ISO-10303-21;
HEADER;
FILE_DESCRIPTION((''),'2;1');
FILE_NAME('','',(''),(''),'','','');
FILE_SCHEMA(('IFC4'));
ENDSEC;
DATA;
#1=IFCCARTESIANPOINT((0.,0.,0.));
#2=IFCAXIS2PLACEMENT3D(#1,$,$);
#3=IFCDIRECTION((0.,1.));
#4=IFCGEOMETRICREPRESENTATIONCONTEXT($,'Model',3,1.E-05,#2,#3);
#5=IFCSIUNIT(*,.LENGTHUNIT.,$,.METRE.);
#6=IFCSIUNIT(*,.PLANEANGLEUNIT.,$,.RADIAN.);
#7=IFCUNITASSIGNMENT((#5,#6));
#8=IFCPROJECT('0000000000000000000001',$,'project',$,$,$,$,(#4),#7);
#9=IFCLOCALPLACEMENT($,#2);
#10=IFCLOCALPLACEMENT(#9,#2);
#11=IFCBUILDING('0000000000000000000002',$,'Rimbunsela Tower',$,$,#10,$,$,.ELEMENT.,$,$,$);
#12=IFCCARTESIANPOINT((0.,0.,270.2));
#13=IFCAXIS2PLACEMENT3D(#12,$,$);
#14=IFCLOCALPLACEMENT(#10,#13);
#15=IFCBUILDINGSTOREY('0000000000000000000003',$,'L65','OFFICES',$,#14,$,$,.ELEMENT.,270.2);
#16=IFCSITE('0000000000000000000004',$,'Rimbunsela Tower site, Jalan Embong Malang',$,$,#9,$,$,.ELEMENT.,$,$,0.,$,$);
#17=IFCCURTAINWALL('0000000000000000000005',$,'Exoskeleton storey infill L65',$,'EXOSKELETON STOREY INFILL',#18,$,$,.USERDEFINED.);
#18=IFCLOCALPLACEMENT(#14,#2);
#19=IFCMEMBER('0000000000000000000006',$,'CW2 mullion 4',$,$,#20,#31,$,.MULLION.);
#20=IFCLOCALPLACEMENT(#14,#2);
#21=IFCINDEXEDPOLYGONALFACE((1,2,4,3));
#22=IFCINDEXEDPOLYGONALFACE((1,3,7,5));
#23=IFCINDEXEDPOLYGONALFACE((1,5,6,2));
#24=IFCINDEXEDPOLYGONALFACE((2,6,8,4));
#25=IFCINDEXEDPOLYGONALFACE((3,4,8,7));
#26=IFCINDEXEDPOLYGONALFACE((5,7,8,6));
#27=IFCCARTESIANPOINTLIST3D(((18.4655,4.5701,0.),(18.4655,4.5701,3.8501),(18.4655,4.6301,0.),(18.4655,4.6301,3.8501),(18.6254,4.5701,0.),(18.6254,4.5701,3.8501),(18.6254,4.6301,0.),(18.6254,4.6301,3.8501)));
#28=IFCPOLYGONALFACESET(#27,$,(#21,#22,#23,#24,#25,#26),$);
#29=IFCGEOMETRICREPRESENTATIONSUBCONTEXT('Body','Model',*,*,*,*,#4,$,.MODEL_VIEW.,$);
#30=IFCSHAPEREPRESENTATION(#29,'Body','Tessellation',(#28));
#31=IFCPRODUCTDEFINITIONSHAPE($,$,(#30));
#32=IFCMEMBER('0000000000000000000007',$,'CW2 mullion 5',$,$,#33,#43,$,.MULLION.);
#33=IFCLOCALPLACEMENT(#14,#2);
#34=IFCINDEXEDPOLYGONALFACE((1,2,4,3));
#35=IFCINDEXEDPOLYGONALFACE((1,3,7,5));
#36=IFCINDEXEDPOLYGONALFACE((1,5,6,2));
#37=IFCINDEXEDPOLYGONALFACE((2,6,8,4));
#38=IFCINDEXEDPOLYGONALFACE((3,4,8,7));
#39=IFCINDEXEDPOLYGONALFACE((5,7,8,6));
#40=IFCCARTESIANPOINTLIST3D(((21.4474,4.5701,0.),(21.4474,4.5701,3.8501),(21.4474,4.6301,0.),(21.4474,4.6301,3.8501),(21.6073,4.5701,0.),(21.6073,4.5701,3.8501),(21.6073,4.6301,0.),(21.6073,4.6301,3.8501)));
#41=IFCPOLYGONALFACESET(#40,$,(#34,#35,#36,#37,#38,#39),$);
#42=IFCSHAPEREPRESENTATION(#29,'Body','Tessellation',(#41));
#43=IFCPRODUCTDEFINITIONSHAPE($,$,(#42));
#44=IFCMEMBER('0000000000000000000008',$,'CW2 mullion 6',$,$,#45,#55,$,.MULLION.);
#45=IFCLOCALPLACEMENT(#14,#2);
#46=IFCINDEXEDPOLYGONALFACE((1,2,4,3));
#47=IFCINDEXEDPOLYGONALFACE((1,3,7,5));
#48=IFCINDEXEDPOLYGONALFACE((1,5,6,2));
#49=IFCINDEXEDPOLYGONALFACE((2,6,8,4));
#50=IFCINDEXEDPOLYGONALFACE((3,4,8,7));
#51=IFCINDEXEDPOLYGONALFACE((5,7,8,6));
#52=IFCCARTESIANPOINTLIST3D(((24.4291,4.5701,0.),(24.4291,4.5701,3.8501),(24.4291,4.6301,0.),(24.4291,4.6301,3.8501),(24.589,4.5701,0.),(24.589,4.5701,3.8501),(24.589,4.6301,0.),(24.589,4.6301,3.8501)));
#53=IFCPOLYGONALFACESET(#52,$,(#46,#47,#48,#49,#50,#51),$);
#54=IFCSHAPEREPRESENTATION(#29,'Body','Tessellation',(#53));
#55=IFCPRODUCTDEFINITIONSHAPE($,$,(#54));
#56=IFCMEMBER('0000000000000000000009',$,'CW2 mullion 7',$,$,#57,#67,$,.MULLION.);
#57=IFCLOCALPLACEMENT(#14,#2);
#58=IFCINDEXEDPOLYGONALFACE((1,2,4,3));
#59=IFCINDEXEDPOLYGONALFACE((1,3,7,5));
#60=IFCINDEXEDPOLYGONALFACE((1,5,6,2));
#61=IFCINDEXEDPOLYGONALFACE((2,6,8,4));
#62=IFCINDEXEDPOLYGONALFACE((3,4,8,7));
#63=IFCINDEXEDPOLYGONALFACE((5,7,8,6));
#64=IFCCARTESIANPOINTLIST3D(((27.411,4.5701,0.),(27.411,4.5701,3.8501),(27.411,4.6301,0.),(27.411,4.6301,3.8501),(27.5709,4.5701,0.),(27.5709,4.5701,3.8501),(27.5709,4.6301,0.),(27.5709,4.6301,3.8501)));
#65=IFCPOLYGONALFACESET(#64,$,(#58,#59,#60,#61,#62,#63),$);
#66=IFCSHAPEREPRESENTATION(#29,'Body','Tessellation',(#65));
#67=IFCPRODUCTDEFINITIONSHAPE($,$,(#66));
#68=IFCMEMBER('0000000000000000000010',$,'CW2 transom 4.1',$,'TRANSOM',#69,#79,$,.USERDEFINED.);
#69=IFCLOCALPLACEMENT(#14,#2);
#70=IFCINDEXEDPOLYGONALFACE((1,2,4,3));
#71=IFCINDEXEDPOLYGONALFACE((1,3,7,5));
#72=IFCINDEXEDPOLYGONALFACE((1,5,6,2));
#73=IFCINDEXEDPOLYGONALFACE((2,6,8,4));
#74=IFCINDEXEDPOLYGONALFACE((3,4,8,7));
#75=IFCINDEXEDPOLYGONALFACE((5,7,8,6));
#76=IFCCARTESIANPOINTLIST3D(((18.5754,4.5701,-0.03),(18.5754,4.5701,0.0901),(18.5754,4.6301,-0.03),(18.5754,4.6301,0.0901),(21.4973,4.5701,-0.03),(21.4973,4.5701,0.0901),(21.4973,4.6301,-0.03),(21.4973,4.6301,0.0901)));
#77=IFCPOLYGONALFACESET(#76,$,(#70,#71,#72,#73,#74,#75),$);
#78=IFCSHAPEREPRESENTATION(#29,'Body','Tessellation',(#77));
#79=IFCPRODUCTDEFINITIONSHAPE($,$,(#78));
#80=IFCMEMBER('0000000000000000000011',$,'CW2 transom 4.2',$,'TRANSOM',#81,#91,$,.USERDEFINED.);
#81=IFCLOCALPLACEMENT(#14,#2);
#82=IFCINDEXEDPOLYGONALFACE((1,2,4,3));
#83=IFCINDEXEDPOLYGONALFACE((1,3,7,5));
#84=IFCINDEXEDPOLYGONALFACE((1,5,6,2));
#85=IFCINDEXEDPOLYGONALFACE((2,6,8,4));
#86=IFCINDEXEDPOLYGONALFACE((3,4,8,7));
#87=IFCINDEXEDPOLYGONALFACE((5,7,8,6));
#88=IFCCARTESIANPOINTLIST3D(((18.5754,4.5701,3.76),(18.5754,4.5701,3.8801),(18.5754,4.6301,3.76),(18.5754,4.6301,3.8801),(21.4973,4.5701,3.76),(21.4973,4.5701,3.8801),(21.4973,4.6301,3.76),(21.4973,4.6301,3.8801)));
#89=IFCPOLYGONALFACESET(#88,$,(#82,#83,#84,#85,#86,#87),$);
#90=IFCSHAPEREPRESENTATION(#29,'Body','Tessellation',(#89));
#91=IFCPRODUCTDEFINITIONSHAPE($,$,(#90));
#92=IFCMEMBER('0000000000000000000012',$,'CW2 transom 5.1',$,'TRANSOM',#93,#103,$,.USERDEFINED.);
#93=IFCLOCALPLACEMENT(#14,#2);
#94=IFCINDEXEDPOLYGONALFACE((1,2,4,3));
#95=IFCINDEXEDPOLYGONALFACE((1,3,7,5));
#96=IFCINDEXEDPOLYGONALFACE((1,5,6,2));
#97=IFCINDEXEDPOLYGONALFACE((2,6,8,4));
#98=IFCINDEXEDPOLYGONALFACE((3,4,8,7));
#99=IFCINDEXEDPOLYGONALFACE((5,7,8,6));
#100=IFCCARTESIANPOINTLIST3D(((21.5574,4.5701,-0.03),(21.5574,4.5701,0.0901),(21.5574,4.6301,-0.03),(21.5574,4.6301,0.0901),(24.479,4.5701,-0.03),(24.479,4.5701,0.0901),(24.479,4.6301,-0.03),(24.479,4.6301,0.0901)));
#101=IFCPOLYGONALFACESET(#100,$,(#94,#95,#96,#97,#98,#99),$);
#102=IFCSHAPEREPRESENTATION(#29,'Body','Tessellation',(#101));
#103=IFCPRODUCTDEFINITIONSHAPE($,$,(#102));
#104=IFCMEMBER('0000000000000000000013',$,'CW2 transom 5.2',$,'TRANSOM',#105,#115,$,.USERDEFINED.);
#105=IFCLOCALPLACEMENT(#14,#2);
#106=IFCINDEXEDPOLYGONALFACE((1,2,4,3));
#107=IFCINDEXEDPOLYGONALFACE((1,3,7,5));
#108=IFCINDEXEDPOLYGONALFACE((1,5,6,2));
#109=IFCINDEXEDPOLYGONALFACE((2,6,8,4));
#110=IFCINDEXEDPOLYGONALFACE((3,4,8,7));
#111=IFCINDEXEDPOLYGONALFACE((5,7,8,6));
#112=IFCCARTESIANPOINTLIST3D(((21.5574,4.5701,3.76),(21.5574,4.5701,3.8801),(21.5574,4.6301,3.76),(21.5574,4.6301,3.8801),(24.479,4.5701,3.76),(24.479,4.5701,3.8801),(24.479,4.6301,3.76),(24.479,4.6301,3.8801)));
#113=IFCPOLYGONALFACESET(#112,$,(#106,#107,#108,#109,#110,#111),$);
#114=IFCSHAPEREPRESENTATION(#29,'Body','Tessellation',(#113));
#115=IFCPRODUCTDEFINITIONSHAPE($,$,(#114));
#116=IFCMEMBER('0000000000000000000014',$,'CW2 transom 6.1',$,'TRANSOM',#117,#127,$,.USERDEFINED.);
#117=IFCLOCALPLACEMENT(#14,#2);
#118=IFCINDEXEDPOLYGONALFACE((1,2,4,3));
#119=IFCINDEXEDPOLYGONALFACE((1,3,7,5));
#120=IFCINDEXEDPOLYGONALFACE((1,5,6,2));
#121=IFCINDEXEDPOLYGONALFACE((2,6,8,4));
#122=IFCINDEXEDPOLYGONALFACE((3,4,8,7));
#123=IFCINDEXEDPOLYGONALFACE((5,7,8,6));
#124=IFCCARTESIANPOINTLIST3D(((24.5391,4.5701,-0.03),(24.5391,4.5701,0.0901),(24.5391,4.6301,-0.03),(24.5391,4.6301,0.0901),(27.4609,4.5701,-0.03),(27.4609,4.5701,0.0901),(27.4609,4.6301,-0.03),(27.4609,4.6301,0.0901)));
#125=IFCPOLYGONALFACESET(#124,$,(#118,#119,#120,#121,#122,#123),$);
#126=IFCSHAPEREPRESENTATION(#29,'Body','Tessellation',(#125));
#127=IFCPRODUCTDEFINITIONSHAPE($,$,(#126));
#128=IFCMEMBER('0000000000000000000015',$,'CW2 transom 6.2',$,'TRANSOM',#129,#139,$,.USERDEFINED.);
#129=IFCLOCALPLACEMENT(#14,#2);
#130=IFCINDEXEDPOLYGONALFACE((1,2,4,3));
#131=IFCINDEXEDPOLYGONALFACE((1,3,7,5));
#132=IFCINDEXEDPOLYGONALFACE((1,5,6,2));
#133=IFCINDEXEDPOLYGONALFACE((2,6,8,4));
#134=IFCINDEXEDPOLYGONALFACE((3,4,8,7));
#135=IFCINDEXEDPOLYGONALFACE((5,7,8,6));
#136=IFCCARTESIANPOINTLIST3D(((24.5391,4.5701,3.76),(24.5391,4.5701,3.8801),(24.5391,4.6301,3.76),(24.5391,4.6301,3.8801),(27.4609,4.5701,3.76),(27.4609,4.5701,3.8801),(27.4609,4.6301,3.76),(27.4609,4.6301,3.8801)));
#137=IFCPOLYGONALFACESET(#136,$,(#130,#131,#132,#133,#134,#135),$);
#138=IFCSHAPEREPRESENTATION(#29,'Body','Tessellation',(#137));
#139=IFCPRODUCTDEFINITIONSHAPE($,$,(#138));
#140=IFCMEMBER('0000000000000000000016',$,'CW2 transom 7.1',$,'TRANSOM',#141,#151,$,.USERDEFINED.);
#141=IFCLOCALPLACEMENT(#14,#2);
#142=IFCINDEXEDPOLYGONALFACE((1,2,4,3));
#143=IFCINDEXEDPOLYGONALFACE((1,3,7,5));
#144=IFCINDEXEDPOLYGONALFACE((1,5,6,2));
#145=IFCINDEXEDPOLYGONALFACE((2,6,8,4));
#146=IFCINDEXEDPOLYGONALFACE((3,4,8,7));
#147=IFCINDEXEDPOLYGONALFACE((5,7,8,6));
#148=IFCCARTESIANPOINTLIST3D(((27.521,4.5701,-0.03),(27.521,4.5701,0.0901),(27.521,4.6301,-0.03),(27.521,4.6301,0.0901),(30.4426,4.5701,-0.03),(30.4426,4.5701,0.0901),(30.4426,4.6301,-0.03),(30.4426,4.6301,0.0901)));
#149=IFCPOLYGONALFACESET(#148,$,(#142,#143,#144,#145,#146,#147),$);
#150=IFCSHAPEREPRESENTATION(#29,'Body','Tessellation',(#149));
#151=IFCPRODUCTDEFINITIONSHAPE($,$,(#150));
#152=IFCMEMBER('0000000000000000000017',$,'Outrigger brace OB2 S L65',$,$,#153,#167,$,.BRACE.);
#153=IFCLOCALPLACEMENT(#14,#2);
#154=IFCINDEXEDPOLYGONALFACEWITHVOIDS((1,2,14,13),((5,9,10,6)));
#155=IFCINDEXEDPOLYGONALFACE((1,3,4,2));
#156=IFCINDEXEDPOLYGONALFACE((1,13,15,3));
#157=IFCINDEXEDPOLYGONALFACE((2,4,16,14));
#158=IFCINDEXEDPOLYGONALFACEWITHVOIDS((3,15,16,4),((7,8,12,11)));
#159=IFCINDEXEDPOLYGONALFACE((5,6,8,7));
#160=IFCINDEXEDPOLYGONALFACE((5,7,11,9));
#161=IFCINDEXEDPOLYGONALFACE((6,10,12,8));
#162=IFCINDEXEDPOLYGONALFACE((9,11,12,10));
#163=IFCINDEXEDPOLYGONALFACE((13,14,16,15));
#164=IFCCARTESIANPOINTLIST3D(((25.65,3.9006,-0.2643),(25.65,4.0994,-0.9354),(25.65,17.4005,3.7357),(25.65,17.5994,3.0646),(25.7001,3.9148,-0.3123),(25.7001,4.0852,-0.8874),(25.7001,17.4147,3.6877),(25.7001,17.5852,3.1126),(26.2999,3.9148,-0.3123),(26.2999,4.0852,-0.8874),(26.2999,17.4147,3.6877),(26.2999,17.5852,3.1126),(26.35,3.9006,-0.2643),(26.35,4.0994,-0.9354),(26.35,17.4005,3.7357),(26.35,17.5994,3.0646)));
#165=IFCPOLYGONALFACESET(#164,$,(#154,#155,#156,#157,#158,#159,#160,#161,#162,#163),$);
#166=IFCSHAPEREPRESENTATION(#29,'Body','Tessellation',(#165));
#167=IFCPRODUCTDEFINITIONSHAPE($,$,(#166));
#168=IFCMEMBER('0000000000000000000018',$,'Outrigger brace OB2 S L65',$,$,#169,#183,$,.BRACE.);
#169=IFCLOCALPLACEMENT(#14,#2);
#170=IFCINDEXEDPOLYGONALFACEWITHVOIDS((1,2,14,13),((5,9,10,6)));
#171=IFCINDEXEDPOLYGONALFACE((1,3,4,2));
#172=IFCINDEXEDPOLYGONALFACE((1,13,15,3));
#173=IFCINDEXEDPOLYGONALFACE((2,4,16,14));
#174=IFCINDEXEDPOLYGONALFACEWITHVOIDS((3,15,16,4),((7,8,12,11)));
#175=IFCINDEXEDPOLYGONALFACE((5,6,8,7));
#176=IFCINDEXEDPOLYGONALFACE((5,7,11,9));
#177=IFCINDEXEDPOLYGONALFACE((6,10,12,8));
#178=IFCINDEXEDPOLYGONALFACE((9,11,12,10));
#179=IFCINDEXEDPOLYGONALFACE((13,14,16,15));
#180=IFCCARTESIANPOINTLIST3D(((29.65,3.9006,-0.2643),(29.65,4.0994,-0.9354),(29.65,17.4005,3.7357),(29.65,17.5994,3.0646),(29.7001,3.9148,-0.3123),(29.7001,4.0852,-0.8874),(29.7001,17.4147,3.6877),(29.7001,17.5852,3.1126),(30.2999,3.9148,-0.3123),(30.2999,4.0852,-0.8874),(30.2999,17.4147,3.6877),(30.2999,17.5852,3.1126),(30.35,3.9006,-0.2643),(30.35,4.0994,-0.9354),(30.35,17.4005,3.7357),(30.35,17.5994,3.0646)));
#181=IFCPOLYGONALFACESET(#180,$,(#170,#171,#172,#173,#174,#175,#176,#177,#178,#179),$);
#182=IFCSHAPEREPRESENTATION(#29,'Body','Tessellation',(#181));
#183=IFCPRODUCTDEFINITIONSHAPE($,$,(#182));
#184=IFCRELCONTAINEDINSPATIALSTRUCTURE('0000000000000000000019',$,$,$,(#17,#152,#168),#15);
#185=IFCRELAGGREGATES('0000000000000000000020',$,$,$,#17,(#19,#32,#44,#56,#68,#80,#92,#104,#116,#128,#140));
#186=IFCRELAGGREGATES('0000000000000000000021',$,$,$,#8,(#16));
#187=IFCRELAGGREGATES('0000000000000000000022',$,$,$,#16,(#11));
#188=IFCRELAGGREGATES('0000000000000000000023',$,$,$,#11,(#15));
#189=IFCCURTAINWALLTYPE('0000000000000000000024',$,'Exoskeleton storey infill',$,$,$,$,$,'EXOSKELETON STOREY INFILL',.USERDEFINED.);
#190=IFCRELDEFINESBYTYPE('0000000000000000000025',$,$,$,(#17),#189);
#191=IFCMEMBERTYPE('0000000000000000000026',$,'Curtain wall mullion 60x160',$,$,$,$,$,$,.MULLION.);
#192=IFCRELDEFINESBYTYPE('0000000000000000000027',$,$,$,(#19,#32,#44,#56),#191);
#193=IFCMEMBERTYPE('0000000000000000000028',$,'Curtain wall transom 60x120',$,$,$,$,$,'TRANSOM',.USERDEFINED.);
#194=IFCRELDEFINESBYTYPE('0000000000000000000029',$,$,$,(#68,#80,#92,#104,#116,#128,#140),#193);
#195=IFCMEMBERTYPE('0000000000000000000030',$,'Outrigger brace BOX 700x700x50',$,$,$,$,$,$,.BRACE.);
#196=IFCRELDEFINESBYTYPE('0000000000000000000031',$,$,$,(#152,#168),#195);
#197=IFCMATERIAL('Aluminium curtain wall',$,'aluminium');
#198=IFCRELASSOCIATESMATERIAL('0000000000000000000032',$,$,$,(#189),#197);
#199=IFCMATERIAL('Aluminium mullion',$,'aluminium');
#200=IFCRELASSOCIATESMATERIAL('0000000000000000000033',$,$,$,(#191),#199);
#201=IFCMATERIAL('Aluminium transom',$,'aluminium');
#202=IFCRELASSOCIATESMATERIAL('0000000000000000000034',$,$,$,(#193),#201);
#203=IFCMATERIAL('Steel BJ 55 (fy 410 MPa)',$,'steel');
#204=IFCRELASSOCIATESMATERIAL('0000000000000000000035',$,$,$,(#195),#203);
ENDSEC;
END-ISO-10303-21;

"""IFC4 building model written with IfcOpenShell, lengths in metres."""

from ifc_helpers import new_model, si_unit, direction, frame, origin, origin_2d, place, context, subcontext, project, spatial, rectangle, hollow_rectangle, extrude, material, material_profile, profile_set, type_object, element, aggregate, save


model = new_model("IFC4")

# Units and contexts
model_context = context("Model", 3, precision=1e-05, world=origin(), true_north=direction((0.0, 1.0)))
body_context = subcontext(model_context, "Body", "Model", "MODEL_VIEW")
ifc_project = project(units=[si_unit("LENGTHUNIT", "METRE"), si_unit("PLANEANGLEUNIT", "RADIAN")], contexts=[model_context])

# Site, building, storey
site_placement = place(None, origin())
site = spatial("IfcSite", under=ifc_project, at=site_placement, Name="Rimbunsela Tower site, Jalan Embong Malang", CompositionType="ELEMENT", RefElevation=0.0)
building_placement = place(site_placement, origin())
building = spatial("IfcBuilding", under=site, at=building_placement, Name="Rimbunsela Tower", CompositionType="ELEMENT")
storey_placement = place(building_placement, frame((0.0, 0.0, 270.2)))
storey = spatial("IfcBuildingStorey", under=building, at=storey_placement, Name="L65", Description="OFFICES", CompositionType="ELEMENT", Elevation=270.2)

# Curtain wall, members
ifc_material_1 = material(Name="Aluminium curtain wall", Category="aluminium")
curtain_wall_type = type_object("IfcCurtainWallType", Name="Exoskeleton storey infill", ElementType="EXOSKELETON STOREY INFILL", PredefinedType="USERDEFINED", material=ifc_material_1)
curtain_wall_placement = place(storey_placement, origin())
curtain_wall = element("IfcCurtainWall", 1, at=curtain_wall_placement, inside=storey, type_object=curtain_wall_type, Name="Exoskeleton storey infill L65", ObjectType="EXOSKELETON STOREY INFILL", PredefinedType="USERDEFINED")
ifc_material_2 = material(Name="Aluminium mullion", Category="aluminium")
ifc_material_profile_1 = material_profile(ifc_material_2, rectangle(XDim=0.0601, YDim=0.1599, at=origin_2d()), Name="Mullion 60x160")
ifc_profile_set_1 = profile_set([ifc_material_profile_1], Name="Aluminium mullion")
member_type_1 = type_object("IfcMemberType", Name="Curtain wall mullion 60x160", PredefinedType="MULLION", material=ifc_profile_set_1)
member_1_placement = place(storey_placement, frame((18.5454, 4.6001, 0.0), z_axis=(0.0, 0.0, 1.0), x_axis=(0.0, 1.0, 0.0)))
member_1 = element("IfcMember", 2, at=member_1_placement, type_object=member_type_1, Name="CW2 mullion 4", PredefinedType="MULLION", context=body_context, shape_type="SweptSolid", body=[
    extrude(rectangle(XDim=0.0601, YDim=0.1599, at=origin_2d()), origin(), (0.0, 0.0, 1.0), 3.8501),
])
member_2_placement = place(storey_placement, frame((21.5273, 4.6001, 0.0), z_axis=(0.0, 0.0, 1.0), x_axis=(0.0, 1.0, 0.0)))
member_2 = element("IfcMember", 3, at=member_2_placement, type_object=member_type_1, Name="CW2 mullion 5", PredefinedType="MULLION", context=body_context, shape_type="SweptSolid", body=[
    extrude(rectangle(XDim=0.0601, YDim=0.1599, at=origin_2d()), origin(), (0.0, 0.0, 1.0), 3.8501),
])
member_3_placement = place(storey_placement, frame((24.509, 4.6001, 0.0), z_axis=(0.0, 0.0, 1.0), x_axis=(0.0, 1.0, 0.0)))
member_3 = element("IfcMember", 4, at=member_3_placement, type_object=member_type_1, Name="CW2 mullion 6", PredefinedType="MULLION", context=body_context, shape_type="SweptSolid", body=[
    extrude(rectangle(XDim=0.0601, YDim=0.1599, at=origin_2d()), origin(), (0.0, 0.0, 1.0), 3.8501),
])
member_4_placement = place(storey_placement, frame((27.491, 4.6001, 0.0), z_axis=(0.0, 0.0, 1.0), x_axis=(0.0, 1.0, 0.0)))
member_4 = element("IfcMember", 5, at=member_4_placement, type_object=member_type_1, Name="CW2 mullion 7", PredefinedType="MULLION", context=body_context, shape_type="SweptSolid", body=[
    extrude(rectangle(XDim=0.0601, YDim=0.1599, at=origin_2d()), origin(), (0.0, 0.0, 1.0), 3.8501),
])
ifc_material_3 = material(Name="Aluminium transom", Category="aluminium")
ifc_material_profile_2 = material_profile(ifc_material_3, rectangle(XDim=0.0601, YDim=0.1201, at=origin_2d()), Name="Transom 60x120")
ifc_profile_set_2 = profile_set([ifc_material_profile_2], Name="Aluminium transom")
member_type_2 = type_object("IfcMemberType", Name="Curtain wall transom 60x120", ElementType="TRANSOM", PredefinedType="USERDEFINED", material=ifc_profile_set_2)
member_5_placement = place(storey_placement, frame((18.5754, 4.6001, 0.03), z_axis=(1.0, 0.0, 0.0), x_axis=(0.0, 1.0, 0.0)))
member_5 = element("IfcMember", 6, at=member_5_placement, type_object=member_type_2, Name="CW2 transom 4.1", ObjectType="TRANSOM", PredefinedType="USERDEFINED", context=body_context, shape_type="SweptSolid", body=[
    extrude(rectangle(XDim=0.0601, YDim=0.1201, at=origin_2d()), origin(), (0.0, 0.0, 1.0), 2.9219),
])
member_6_placement = place(storey_placement, frame((18.5754, 4.6001, 3.8201), z_axis=(1.0, 0.0, 0.0), x_axis=(0.0, 1.0, 0.0)))
member_6 = element("IfcMember", 7, at=member_6_placement, type_object=member_type_2, Name="CW2 transom 4.2", ObjectType="TRANSOM", PredefinedType="USERDEFINED", context=body_context, shape_type="SweptSolid", body=[
    extrude(rectangle(XDim=0.0601, YDim=0.1201, at=origin_2d()), origin(), (0.0, 0.0, 1.0), 2.9219),
])
member_7_placement = place(storey_placement, frame((21.5574, 4.6001, 0.03), z_axis=(1.0, 0.0, 0.0), x_axis=(0.0, 1.0, 0.0)))
member_7 = element("IfcMember", 8, at=member_7_placement, type_object=member_type_2, Name="CW2 transom 5.1", ObjectType="TRANSOM", PredefinedType="USERDEFINED", context=body_context, shape_type="SweptSolid", body=[
    extrude(rectangle(XDim=0.0601, YDim=0.1201, at=origin_2d()), origin(), (0.0, 0.0, 1.0), 2.9216),
])
member_8_placement = place(storey_placement, frame((21.5574, 4.6001, 3.8201), z_axis=(1.0, 0.0, 0.0), x_axis=(0.0, 1.0, 0.0)))
member_8 = element("IfcMember", 9, at=member_8_placement, type_object=member_type_2, Name="CW2 transom 5.2", ObjectType="TRANSOM", PredefinedType="USERDEFINED", context=body_context, shape_type="SweptSolid", body=[
    extrude(rectangle(XDim=0.0601, YDim=0.1201, at=origin_2d()), origin(), (0.0, 0.0, 1.0), 2.9216),
])
member_9_placement = place(storey_placement, frame((24.5391, 4.6001, 0.03), z_axis=(1.0, 0.0, 0.0), x_axis=(0.0, 1.0, 0.0)))
member_9 = element("IfcMember", 10, at=member_9_placement, type_object=member_type_2, Name="CW2 transom 6.1", ObjectType="TRANSOM", PredefinedType="USERDEFINED", context=body_context, shape_type="SweptSolid", body=[
    extrude(rectangle(XDim=0.0601, YDim=0.1201, at=origin_2d()), origin(), (0.0, 0.0, 1.0), 2.9219),
])
member_10_placement = place(storey_placement, frame((24.5391, 4.6001, 3.8201), z_axis=(1.0, 0.0, 0.0), x_axis=(0.0, 1.0, 0.0)))
member_10 = element("IfcMember", 11, at=member_10_placement, type_object=member_type_2, Name="CW2 transom 6.2", ObjectType="TRANSOM", PredefinedType="USERDEFINED", context=body_context, shape_type="SweptSolid", body=[
    extrude(rectangle(XDim=0.0601, YDim=0.1201, at=origin_2d()), origin(), (0.0, 0.0, 1.0), 2.9219),
])
member_11_placement = place(storey_placement, frame((27.521, 4.6001, 0.03), z_axis=(1.0, 0.0, 0.0), x_axis=(0.0, 1.0, 0.0)))
member_11 = element("IfcMember", 12, at=member_11_placement, type_object=member_type_2, Name="CW2 transom 7.1", ObjectType="TRANSOM", PredefinedType="USERDEFINED", context=body_context, shape_type="SweptSolid", body=[
    extrude(rectangle(XDim=0.0601, YDim=0.1201, at=origin_2d()), origin(), (0.0, 0.0, 1.0), 2.9216),
])

# Members
ifc_material_4 = material(Name="Steel BJ 55 (fy 410 MPa)", Category="steel")
ifc_material_profile_3 = material_profile(ifc_material_4, hollow_rectangle(XDim=0.7, YDim=0.7, WallThickness=0.05, at=origin_2d()), Name="BOX 700x700x50")
ifc_profile_set_3 = profile_set([ifc_material_profile_3], Name="Steel BJ 55 (fy 410 MPa)")
member_type_3 = type_object("IfcMemberType", Name="Outrigger brace BOX 700x700x50", PredefinedType="BRACE", material=ifc_profile_set_3)
for number, where, z_axis, x_axis, name in (
    (13, (26.0, 4.0, -0.5999), (0.0, 0.958798, 0.284088), (-1.0, 0.0, 0.0), "Outrigger brace OB2 S L65"),
    (14, (30.0, 4.0, -0.5999), (0.0, 0.958798, 0.284088), (-1.0, 0.0, 0.0), "Outrigger brace OB2 S L65"),
):
    element("IfcMember", number, at=place(storey_placement, frame(where, z_axis=z_axis, x_axis=x_axis)), inside=storey, type_object=member_type_3, Name=name, PredefinedType="BRACE", context=body_context, shape_type="SweptSolid", body=[
        extrude(hollow_rectangle(XDim=0.7, YDim=0.7, WallThickness=0.05, at=origin_2d()), origin(), (0.0, 0.0, 1.0), 14.0801),
    ])

aggregate(curtain_wall, [member_1, member_2, member_3, member_4, member_5, member_6, member_7, member_8, member_9, member_10, member_11])

save(model, "model.ifc")
